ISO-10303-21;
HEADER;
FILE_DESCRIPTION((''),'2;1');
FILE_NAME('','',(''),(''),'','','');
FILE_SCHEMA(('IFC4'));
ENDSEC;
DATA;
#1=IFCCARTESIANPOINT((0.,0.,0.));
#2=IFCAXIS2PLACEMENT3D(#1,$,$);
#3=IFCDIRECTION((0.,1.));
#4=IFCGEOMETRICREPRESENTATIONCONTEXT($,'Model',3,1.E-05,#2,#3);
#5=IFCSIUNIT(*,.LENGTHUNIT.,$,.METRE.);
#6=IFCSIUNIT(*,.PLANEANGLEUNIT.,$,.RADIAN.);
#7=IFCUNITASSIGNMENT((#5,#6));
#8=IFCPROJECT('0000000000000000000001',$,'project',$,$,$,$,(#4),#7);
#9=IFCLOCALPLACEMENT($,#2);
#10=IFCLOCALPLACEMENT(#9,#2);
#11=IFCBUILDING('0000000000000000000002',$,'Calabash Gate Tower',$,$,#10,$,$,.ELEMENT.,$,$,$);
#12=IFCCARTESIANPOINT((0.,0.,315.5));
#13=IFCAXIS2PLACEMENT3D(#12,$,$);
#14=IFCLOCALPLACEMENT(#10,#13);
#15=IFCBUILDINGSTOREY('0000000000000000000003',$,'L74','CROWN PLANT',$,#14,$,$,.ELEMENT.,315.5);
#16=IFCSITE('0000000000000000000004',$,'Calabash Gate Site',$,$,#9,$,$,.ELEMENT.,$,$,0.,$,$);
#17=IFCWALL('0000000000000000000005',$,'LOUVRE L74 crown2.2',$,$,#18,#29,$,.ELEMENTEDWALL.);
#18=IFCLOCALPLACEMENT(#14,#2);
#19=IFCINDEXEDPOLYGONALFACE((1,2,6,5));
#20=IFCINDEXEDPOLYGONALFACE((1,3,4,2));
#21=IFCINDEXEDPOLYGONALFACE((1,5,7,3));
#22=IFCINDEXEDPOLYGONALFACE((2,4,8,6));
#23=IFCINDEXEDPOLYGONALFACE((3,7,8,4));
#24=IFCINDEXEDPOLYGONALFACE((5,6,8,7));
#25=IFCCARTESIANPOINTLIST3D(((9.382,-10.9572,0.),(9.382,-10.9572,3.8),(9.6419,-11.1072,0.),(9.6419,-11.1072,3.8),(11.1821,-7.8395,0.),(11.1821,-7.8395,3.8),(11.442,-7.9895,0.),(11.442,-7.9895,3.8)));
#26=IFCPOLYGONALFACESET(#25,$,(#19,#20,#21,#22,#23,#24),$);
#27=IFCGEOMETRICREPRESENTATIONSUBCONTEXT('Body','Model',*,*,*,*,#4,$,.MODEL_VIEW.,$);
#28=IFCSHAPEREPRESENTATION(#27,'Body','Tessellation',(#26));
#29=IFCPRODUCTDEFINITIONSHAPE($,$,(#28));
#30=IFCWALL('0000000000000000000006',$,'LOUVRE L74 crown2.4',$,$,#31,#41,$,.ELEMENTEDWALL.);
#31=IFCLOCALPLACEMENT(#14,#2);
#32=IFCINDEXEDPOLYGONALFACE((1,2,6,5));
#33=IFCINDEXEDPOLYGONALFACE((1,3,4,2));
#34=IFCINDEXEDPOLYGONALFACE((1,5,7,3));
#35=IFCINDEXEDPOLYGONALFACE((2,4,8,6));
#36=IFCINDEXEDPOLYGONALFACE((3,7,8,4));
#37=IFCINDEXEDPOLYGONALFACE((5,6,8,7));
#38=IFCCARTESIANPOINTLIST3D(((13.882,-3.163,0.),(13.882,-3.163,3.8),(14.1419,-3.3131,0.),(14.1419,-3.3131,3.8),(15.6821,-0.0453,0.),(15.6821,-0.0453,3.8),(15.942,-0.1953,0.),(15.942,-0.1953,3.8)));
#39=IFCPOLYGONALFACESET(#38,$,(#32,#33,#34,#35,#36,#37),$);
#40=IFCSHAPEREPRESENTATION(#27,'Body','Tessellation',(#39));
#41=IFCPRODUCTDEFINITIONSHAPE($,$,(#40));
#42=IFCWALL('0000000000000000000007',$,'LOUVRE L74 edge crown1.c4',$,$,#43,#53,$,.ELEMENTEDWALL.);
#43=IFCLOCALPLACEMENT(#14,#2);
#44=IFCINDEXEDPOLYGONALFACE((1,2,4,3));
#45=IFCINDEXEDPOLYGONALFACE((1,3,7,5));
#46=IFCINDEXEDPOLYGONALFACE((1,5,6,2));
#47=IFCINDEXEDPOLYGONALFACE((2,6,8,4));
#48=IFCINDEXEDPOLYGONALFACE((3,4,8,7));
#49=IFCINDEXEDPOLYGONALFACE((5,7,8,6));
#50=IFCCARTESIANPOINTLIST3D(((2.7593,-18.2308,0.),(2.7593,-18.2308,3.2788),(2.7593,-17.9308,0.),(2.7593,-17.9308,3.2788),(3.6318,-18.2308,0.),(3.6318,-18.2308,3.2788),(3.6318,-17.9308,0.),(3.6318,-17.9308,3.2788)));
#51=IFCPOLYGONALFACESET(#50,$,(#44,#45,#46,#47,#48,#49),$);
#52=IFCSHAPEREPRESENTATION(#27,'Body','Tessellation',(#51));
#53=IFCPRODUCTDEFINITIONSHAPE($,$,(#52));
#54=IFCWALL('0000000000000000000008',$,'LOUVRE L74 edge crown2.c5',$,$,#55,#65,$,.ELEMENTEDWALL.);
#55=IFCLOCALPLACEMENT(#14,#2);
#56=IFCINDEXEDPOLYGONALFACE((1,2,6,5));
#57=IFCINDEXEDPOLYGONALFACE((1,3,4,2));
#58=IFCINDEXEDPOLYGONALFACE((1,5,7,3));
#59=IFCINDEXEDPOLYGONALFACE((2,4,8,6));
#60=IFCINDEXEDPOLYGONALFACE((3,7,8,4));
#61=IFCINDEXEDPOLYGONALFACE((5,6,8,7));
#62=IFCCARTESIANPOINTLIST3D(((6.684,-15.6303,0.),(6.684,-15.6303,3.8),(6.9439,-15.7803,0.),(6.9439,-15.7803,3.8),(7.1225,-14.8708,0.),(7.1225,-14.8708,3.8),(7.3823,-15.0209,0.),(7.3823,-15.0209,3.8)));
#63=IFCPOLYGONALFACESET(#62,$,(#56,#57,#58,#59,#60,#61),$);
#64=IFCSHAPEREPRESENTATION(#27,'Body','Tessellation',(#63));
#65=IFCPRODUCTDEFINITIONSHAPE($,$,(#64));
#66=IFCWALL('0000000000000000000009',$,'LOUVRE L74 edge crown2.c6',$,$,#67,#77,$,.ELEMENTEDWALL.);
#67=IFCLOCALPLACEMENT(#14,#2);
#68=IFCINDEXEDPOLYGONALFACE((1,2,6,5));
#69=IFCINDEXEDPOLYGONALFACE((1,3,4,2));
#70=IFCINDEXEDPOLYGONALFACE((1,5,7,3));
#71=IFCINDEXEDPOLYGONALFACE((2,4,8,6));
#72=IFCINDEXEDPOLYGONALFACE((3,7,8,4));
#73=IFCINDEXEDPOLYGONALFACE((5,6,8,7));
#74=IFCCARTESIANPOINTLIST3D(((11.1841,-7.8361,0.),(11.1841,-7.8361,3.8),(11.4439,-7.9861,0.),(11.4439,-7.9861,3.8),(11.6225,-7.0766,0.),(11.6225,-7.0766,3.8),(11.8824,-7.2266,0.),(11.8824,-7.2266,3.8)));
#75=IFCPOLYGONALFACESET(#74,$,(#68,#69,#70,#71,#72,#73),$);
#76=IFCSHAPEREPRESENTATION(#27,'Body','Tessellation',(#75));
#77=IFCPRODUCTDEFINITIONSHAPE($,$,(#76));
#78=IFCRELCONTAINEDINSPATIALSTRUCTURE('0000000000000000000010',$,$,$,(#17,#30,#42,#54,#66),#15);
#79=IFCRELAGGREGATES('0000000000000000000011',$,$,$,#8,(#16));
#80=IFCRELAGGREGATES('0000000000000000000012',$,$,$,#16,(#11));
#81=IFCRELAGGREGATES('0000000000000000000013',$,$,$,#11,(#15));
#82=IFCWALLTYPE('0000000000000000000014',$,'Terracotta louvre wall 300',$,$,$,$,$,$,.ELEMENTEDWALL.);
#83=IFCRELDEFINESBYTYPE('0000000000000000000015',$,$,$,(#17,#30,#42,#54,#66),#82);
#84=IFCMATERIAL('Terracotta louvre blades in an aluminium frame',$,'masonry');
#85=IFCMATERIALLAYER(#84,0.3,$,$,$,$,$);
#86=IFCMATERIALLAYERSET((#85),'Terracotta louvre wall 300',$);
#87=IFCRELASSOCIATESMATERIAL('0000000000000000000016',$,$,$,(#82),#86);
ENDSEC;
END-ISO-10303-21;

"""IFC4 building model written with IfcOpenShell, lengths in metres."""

from ifc_helpers import new_model, si_unit, direction, frame, frame_2d, origin, place, context, subcontext, project, spatial, rectangle, extrude, material, layer, layer_set, type_object, element, save


model = new_model("IFC4")

# Units and contexts
model_context = context("Model", 3, precision=1e-05, world=origin(), true_north=direction((0.0, 1.0)))
body_context = subcontext(model_context, "Body", "Model", "MODEL_VIEW")
ifc_project = project(units=[si_unit("LENGTHUNIT", "METRE"), si_unit("PLANEANGLEUNIT", "RADIAN")], contexts=[model_context])

# Site, building, storey
site_placement = place(None, origin())
site = spatial("IfcSite", under=ifc_project, at=site_placement, Name="Calabash Gate Site", CompositionType="ELEMENT", RefElevation=0.0)
building_placement = place(site_placement, origin())
building = spatial("IfcBuilding", under=site, at=building_placement, Name="Calabash Gate Tower", CompositionType="ELEMENT")
storey_placement = place(building_placement, frame((0.0, 0.0, 315.5)))
storey = spatial("IfcBuildingStorey", under=building, at=storey_placement, Name="L74", Description="CROWN PLANT", CompositionType="ELEMENT", Elevation=315.5)

# Walls
ifc_material_1 = material(Name="Terracotta louvre blades in an aluminium frame", Category="masonry")
ifc_layer_1 = layer(ifc_material_1, 0.3)
ifc_layer_set_1 = layer_set([ifc_layer_1], Name="Terracotta louvre wall 300")
wall_type_1 = type_object("IfcWallType", Name="Terracotta louvre wall 300", PredefinedType="ELEMENTEDWALL", material=ifc_layer_set_1)
for number, where, z_axis, x_axis, name in (
    (1, (9.512, -11.0322, 0.0), (0.0, 0.0, 1.0), (0.500012, 0.866018, 0.0), "LOUVRE L74 crown2.2"),
    (2, (14.012, -3.238, 0.0), (0.0, 0.0, 1.0), (0.500012, 0.866018, 0.0), "LOUVRE L74 crown2.4"),
):
    element("IfcWall", number, at=place(storey_placement, frame(where, z_axis=z_axis, x_axis=x_axis)), inside=storey, type_object=wall_type_1, Name=name, PredefinedType="ELEMENTEDWALL", context=body_context, shape_type="SweptSolid", body=[
        extrude(rectangle(XDim=3.6001, YDim=0.3, at=frame_2d((1.8, 0.0))), origin(), (0.0, 0.0, 1.0), 3.8),
    ])
wall_1_placement = place(storey_placement, frame((2.7593, -18.0808, 0.0), z_axis=(0.0, 0.0, 1.0), x_axis=(1.0, 0.0, 0.0)))
element("IfcWall", 3, at=wall_1_placement, inside=storey, type_object=wall_type_1, Name="LOUVRE L74 edge crown1.c4", PredefinedType="ELEMENTEDWALL", context=body_context, shape_type="SweptSolid", body=[
    extrude(rectangle(XDim=0.8726, YDim=0.3, at=frame_2d((0.4363, 0.0))), origin(), (0.0, 0.0, 1.0), 3.2788),
])
for number, where, z_axis, x_axis, name in (
    (4, (6.814, -15.7053, 0.0), (0.0, 0.0, 1.0), (0.499971, 0.866042, 0.0), "LOUVRE L74 edge crown2.c5"),
    (5, (11.7524, -7.1516, 0.0), (0.0, 0.0, 1.0), (-0.499971, -0.866042, 0.0), "LOUVRE L74 edge crown2.c6"),
):
    element("IfcWall", number, at=place(storey_placement, frame(where, z_axis=z_axis, x_axis=x_axis)), inside=storey, type_object=wall_type_1, Name=name, PredefinedType="ELEMENTEDWALL", context=body_context, shape_type="SweptSolid", body=[
        extrude(rectangle(XDim=0.877, YDim=0.3, at=frame_2d((0.4385, 0.0))), origin(), (0.0, 0.0, 1.0), 3.8),
    ])

save(model, "model.ifc")
